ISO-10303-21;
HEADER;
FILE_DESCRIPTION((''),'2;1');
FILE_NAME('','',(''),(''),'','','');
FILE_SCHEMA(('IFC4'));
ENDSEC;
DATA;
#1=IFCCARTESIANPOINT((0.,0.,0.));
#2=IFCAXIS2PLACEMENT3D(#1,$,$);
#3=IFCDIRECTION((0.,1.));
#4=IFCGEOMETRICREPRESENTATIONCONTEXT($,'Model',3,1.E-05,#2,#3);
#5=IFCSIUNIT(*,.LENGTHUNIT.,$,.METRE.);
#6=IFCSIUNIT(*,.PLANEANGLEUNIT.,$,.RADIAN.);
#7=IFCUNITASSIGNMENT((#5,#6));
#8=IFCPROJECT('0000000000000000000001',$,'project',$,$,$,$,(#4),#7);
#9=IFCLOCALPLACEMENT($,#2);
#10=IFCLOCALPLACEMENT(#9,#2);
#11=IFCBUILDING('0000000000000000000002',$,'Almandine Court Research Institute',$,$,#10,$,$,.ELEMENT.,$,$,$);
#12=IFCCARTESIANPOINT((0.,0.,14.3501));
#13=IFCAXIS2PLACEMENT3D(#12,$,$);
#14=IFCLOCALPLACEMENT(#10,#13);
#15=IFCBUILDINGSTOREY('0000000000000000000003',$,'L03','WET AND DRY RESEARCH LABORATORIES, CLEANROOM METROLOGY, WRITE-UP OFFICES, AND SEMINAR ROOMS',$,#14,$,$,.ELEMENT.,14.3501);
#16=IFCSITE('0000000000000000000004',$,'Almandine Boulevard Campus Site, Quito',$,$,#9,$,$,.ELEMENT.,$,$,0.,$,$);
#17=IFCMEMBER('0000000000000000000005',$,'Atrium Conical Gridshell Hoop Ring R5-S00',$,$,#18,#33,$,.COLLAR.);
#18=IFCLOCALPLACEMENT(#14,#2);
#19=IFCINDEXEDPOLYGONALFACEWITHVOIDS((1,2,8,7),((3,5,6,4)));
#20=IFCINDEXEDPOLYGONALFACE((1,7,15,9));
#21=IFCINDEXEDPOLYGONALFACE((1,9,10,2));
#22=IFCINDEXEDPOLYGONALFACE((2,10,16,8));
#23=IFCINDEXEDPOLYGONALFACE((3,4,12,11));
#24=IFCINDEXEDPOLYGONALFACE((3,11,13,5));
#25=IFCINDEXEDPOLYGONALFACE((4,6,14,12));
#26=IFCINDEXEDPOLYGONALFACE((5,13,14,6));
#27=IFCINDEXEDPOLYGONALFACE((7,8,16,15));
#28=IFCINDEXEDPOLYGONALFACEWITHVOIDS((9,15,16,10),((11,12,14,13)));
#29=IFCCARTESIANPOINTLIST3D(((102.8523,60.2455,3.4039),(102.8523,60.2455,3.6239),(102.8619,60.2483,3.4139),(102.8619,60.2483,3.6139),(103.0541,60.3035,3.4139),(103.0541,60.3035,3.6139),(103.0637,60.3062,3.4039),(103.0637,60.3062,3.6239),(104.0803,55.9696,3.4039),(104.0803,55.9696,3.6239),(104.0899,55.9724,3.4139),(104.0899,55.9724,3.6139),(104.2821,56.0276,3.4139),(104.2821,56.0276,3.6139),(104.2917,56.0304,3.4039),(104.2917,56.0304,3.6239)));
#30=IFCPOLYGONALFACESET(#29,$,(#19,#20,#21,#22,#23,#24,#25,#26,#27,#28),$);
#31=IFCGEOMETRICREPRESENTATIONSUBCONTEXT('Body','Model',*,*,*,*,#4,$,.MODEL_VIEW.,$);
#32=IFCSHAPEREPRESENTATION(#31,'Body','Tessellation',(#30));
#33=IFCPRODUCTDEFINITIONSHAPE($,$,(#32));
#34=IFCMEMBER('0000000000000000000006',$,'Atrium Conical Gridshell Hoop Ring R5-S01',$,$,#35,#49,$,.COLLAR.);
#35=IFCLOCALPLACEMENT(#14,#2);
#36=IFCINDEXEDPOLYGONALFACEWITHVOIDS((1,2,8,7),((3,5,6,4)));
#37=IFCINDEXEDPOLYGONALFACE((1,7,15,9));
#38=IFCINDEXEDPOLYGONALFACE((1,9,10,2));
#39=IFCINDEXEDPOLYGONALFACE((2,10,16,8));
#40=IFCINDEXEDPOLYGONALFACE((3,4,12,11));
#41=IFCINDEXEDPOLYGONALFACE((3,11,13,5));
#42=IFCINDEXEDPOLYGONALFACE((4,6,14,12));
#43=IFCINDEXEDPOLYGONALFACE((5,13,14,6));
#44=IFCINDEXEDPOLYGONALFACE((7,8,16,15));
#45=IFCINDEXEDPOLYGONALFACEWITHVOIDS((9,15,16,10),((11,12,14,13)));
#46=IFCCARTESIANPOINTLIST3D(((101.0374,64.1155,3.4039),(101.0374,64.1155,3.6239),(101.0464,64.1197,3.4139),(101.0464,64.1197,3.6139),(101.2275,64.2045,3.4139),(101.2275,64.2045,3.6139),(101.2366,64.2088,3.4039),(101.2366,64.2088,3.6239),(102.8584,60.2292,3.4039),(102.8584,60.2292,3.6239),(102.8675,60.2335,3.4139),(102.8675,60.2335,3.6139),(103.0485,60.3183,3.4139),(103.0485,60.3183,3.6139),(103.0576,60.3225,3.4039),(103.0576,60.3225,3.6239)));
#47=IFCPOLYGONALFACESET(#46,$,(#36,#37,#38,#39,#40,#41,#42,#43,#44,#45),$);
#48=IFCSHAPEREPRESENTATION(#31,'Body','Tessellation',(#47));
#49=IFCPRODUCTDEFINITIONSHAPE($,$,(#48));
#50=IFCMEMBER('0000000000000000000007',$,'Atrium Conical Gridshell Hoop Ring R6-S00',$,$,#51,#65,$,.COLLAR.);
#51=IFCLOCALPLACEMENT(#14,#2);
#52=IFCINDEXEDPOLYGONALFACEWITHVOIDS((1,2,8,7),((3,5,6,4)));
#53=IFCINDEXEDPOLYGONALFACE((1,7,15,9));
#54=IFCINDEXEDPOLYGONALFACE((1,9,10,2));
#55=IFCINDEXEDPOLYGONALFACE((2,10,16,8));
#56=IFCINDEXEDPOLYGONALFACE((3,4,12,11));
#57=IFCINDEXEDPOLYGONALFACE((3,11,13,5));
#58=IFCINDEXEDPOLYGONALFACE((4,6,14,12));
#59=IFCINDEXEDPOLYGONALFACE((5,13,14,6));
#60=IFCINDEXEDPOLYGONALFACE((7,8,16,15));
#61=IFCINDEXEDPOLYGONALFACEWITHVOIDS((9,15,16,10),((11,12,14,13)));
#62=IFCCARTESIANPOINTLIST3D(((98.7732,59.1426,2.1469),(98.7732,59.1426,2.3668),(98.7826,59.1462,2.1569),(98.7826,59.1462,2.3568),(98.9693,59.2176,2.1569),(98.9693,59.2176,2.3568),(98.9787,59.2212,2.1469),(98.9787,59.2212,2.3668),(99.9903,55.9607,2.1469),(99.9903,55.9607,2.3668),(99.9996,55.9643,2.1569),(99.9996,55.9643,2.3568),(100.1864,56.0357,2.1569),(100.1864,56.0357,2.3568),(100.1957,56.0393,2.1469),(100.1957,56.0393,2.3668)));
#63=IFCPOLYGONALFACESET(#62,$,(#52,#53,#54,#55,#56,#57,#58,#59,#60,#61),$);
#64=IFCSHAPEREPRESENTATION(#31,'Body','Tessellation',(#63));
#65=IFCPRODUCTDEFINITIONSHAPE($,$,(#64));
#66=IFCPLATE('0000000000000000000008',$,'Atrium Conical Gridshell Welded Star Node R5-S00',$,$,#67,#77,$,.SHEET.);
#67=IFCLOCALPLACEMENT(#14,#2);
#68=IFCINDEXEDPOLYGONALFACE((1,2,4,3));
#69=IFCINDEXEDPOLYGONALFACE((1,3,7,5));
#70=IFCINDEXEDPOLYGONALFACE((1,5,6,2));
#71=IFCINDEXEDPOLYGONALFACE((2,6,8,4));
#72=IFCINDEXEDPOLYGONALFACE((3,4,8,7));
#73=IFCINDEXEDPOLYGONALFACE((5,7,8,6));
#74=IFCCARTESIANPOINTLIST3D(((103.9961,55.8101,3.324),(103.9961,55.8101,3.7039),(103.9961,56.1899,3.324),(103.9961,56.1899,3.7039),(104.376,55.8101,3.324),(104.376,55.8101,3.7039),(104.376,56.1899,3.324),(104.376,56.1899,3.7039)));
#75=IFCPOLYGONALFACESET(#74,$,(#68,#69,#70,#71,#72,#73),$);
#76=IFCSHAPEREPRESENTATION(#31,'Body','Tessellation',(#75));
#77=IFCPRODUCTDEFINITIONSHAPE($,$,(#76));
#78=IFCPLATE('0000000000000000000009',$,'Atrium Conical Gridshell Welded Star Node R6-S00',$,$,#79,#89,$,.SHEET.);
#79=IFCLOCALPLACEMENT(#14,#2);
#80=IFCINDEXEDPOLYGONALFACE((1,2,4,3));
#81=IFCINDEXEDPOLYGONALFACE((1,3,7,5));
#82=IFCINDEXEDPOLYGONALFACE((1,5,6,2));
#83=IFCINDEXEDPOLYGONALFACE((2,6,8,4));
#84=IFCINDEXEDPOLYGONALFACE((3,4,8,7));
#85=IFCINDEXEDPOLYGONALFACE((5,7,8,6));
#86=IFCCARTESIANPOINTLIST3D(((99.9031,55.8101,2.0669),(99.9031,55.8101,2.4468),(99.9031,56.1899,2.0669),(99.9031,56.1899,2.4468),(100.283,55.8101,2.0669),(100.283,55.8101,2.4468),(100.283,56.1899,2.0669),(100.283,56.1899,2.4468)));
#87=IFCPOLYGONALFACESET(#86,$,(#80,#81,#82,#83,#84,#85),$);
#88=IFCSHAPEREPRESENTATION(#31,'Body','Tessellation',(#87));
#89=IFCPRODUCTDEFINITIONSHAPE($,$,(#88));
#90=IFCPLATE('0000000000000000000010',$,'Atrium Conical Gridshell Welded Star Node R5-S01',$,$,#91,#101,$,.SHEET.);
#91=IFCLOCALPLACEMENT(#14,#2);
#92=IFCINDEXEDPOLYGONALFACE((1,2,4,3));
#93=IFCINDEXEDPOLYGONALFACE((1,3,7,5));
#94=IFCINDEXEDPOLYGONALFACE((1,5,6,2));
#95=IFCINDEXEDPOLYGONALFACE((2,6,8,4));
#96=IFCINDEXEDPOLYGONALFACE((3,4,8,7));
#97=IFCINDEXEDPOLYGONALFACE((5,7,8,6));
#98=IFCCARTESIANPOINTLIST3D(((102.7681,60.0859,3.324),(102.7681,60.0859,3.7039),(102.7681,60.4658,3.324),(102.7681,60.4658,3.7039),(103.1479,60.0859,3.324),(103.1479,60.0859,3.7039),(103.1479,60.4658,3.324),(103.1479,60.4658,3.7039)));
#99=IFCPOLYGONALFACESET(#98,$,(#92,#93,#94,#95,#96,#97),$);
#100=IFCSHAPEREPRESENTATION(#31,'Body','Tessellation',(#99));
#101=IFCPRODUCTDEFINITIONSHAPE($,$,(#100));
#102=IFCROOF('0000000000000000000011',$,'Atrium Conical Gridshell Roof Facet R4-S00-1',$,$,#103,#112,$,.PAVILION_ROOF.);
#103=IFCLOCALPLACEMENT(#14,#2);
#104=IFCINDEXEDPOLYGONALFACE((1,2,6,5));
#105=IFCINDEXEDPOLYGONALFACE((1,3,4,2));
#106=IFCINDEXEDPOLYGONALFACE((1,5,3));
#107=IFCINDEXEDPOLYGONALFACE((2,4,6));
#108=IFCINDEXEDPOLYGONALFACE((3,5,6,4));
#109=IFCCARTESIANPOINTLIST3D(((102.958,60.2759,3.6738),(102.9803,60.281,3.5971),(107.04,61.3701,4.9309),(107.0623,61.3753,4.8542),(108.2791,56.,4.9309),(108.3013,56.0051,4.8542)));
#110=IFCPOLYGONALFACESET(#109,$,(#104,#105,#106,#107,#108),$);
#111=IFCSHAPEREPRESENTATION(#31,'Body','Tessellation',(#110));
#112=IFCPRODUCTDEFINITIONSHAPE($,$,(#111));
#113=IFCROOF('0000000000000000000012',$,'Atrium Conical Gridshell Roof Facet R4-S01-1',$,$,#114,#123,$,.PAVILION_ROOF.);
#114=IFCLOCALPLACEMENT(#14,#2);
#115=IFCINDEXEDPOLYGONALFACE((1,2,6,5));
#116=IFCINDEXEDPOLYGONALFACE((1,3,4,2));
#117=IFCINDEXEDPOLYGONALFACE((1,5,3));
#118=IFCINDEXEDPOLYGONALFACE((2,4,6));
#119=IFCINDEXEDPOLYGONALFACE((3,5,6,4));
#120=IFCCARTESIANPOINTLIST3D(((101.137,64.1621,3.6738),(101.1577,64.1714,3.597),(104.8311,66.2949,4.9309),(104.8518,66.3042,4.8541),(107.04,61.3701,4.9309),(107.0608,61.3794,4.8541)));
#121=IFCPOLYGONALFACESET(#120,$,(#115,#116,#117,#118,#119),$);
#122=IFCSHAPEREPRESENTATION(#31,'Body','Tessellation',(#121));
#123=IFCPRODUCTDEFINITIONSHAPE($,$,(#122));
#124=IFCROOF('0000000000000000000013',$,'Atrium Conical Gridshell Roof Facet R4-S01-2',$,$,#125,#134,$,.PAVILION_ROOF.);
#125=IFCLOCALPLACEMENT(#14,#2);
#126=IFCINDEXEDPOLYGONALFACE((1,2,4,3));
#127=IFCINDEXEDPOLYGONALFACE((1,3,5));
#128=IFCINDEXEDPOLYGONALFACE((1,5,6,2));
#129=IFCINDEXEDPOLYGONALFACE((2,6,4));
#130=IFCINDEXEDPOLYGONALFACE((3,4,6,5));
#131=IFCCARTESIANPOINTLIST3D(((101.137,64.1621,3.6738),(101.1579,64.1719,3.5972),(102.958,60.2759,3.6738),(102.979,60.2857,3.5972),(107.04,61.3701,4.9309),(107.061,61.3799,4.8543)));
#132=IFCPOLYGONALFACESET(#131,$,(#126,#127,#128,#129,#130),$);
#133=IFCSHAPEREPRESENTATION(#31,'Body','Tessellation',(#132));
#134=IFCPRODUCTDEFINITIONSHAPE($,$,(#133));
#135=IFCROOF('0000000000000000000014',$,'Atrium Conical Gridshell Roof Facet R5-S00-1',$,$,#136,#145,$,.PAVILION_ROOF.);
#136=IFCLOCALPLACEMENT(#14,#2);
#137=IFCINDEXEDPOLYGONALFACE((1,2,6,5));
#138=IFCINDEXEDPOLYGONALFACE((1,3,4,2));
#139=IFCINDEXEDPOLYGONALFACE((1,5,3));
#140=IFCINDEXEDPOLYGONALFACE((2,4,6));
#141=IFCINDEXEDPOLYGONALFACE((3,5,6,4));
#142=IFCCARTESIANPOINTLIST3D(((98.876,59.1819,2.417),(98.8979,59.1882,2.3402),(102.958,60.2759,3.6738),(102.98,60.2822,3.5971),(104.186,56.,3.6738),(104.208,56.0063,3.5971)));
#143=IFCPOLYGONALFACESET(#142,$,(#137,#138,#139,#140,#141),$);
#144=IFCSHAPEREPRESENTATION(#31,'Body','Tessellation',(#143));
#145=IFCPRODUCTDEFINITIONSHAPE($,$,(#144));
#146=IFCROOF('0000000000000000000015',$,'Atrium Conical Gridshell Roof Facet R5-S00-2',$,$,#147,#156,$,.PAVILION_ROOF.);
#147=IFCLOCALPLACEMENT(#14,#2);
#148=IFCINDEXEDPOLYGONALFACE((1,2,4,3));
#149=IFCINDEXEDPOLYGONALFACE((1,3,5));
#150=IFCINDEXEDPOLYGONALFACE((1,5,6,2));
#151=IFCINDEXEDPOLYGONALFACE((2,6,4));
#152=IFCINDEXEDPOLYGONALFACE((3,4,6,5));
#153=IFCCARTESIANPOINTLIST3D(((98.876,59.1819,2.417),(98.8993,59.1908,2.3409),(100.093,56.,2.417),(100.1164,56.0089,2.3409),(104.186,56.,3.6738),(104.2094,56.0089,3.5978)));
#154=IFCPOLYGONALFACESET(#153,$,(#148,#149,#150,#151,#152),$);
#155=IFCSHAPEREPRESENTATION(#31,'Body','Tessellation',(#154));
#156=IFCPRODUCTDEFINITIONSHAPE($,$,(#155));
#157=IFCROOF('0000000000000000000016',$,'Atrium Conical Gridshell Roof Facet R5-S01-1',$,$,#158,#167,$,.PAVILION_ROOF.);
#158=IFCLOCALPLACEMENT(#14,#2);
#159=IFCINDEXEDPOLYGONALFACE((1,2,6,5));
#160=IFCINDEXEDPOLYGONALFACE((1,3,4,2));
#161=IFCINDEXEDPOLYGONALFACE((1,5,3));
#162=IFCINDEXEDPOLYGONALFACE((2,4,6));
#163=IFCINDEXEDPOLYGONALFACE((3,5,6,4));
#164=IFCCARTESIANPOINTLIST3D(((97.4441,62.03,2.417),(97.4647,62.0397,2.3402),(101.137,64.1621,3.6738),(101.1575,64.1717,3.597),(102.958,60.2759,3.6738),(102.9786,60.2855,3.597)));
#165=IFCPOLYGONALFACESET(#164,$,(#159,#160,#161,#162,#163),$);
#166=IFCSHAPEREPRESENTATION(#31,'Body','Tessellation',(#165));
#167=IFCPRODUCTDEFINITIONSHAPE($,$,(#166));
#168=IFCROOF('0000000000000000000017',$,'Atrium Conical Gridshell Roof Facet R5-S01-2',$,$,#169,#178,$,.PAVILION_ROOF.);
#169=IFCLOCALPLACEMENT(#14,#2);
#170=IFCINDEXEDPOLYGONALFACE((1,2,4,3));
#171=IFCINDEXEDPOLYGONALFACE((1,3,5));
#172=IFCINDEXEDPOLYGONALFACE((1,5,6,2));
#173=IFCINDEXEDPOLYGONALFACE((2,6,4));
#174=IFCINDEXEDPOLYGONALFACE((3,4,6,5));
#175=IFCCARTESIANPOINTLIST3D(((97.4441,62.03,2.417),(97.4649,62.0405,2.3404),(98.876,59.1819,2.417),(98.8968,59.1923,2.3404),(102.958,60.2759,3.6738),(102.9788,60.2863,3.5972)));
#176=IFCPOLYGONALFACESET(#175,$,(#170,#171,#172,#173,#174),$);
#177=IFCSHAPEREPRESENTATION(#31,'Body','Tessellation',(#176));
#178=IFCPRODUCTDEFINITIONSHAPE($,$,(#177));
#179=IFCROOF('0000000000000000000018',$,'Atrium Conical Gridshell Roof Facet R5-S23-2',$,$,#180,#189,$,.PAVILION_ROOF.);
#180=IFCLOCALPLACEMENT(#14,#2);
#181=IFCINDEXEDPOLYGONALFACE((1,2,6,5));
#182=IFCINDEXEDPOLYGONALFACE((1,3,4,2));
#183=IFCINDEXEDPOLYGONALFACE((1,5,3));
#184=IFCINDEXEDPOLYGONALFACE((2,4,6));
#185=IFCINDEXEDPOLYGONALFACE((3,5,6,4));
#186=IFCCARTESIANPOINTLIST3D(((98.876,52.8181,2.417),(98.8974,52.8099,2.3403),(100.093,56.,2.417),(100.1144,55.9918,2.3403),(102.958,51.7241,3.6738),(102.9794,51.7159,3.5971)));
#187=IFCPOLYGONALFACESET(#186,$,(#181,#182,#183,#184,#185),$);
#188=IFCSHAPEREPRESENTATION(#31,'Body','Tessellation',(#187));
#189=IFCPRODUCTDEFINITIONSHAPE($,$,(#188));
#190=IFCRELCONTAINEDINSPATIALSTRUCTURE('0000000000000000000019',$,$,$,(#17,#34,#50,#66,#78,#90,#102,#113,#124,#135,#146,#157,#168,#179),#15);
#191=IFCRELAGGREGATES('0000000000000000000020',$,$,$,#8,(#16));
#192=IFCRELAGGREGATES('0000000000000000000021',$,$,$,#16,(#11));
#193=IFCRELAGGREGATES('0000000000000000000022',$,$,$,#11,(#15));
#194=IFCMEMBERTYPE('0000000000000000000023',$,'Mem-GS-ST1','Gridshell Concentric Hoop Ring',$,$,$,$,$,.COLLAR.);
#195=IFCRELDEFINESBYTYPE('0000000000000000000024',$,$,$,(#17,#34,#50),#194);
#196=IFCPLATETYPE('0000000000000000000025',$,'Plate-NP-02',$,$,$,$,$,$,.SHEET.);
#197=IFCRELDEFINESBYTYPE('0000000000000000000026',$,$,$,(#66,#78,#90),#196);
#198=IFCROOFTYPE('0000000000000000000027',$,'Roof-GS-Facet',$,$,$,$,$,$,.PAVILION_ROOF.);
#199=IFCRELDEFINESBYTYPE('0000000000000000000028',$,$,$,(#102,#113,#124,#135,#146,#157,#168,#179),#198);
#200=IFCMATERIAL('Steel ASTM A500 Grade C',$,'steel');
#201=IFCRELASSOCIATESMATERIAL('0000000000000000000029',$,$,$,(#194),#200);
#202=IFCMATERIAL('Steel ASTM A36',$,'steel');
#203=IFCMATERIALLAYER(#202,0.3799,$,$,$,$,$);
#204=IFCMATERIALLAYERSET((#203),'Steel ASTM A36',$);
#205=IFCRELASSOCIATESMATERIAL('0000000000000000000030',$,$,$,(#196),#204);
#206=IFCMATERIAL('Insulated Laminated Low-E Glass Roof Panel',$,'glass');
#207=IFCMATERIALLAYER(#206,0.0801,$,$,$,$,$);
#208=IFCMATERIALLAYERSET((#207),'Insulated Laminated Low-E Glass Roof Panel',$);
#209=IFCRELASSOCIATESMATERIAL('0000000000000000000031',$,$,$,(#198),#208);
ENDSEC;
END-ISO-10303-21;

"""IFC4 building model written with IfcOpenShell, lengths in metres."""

from ifc_helpers import new_model, si_unit, direction, frame, origin, origin_2d, place, context, subcontext, project, spatial, polyline, rectangle, hollow_rectangle, outline, extrude, material, layer, layer_set, material_profile, profile_set, type_object, element, save


model = new_model("IFC4")

# Units and contexts
model_context = context("Model", 3, precision=1e-05, world=origin(), true_north=direction((0.0, 1.0)))
body_context = subcontext(model_context, "Body", "Model", "MODEL_VIEW")
ifc_project = project(units=[si_unit("LENGTHUNIT", "METRE"), si_unit("PLANEANGLEUNIT", "RADIAN")], contexts=[model_context])

# Site, building, storey
site_placement = place(None, origin())
site = spatial("IfcSite", under=ifc_project, at=site_placement, Name="Almandine Boulevard Campus Site, Quito", CompositionType="ELEMENT", RefElevation=0.0)
building_placement = place(site_placement, origin())
building = spatial("IfcBuilding", under=site, at=building_placement, Name="Almandine Court Research Institute", CompositionType="ELEMENT")
storey_placement = place(building_placement, frame((0.0, 0.0, 14.3501)))
storey = spatial("IfcBuildingStorey", under=building, at=storey_placement, Name="L03", Description="WET AND DRY RESEARCH LABORATORIES, CLEANROOM METROLOGY, WRITE-UP OFFICES, AND SEMINAR ROOMS", CompositionType="ELEMENT", Elevation=14.3501)

# Members
ifc_material_1 = material(Name="Steel ASTM A500 Grade C", Category="steel")
ifc_material_profile_1 = material_profile(ifc_material_1, hollow_rectangle(XDim=0.22, YDim=0.22, WallThickness=0.01, at=origin_2d()), Name="HSS 220x220x10")
ifc_profile_set_1 = profile_set([ifc_material_profile_1], Name="Steel ASTM A500 Grade C")
member_type_1 = type_object("IfcMemberType", Name="Mem-GS-ST1", Description="Gridshell Concentric Hoop Ring", PredefinedType="COLLAR", material=ifc_profile_set_1)
member_1_placement = place(storey_placement, frame((104.186, 56.0, 3.5139), z_axis=(-0.27604, 0.961146, 0.0), x_axis=(-0.961146, -0.27604, 0.0)))
element("IfcMember", 1, at=member_1_placement, inside=storey, type_object=member_type_1, Name="Atrium Conical Gridshell Hoop Ring R5-S00", PredefinedType="COLLAR", context=body_context, shape_type="SweptSolid", body=[
    extrude(hollow_rectangle(XDim=0.22, YDim=0.22, WallThickness=0.01, at=origin_2d()), origin(), (0.0, 0.0, 1.0), 4.4487),
])
member_2_placement = place(storey_placement, frame((102.958, 60.2759, 3.5139), z_axis=(-0.424314, 0.905515, 0.0), x_axis=(-0.905515, -0.424314, 0.0)))
element("IfcMember", 2, at=member_2_placement, inside=storey, type_object=member_type_1, Name="Atrium Conical Gridshell Hoop Ring R5-S01", PredefinedType="COLLAR", context=body_context, shape_type="SweptSolid", body=[
    extrude(hollow_rectangle(XDim=0.22, YDim=0.22, WallThickness=0.01, at=origin_2d()), origin(), (0.0, 0.0, 1.0), 4.2917),
])
member_3_placement = place(storey_placement, frame((100.093, 56.0, 2.2568), z_axis=(-0.35725, 0.934009, 0.0), x_axis=(-0.934009, -0.35725, 0.0)))
element("IfcMember", 3, at=member_3_placement, inside=storey, type_object=member_type_1, Name="Atrium Conical Gridshell Hoop Ring R6-S00", PredefinedType="COLLAR", context=body_context, shape_type="SweptSolid", body=[
    extrude(hollow_rectangle(XDim=0.22, YDim=0.22, WallThickness=0.01, at=origin_2d()), origin(), (0.0, 0.0, 1.0), 3.4067),
])

# Plates
ifc_material_2 = material(Name="Steel ASTM A36", Category="steel")
ifc_layer_1 = layer(ifc_material_2, 0.3799)
ifc_layer_set_1 = layer_set([ifc_layer_1], Name="Steel ASTM A36")
plate_type = type_object("IfcPlateType", Name="Plate-NP-02", PredefinedType="SHEET", material=ifc_layer_set_1)
for number, where, z_axis, x_axis, name in (
    (4, (104.186, 56.0, 3.324), (0.0, 0.0, 1.0), (1.0, 0.0, 0.0), "Atrium Conical Gridshell Welded Star Node R5-S00"),
    (5, (100.093, 56.0, 2.0669), (0.0, 0.0, 1.0), (1.0, 0.0, 0.0), "Atrium Conical Gridshell Welded Star Node R6-S00"),
    (6, (102.958, 60.2759, 3.324), (0.0, 0.0, 1.0), (1.0, 0.0, 0.0), "Atrium Conical Gridshell Welded Star Node R5-S01"),
):
    element("IfcPlate", number, at=place(storey_placement, frame(where, z_axis=z_axis, x_axis=x_axis)), inside=storey, type_object=plate_type, Name=name, PredefinedType="SHEET", context=body_context, shape_type="SweptSolid", body=[
        extrude(rectangle(XDim=0.3799, YDim=0.3799, at=origin_2d()), origin(), (0.0, 0.0, 1.0), 0.3799),
    ])

# Roofs
ifc_material_3 = material(Name="Insulated Laminated Low-E Glass Roof Panel", Category="glass")
ifc_layer_2 = layer(ifc_material_3, 0.0801)
ifc_layer_set_2 = layer_set([ifc_layer_2], Name="Insulated Laminated Low-E Glass Roof Panel")
roof_type = type_object("IfcRoofType", Name="Roof-GS-Facet", PredefinedType="PAVILION_ROOF", material=ifc_layer_set_2)
roof_1_placement = place(storey_placement, frame((108.2791, 56.0, 4.9309), z_axis=(-0.277966, -0.064133, 0.958447), x_axis=(-0.224817, 0.974401, 0.0)))
element("IfcRoof", 7, at=roof_1_placement, inside=storey, type_object=roof_type, Name="Atrium Conical Gridshell Roof Facet R4-S00-1", PredefinedType="PAVILION_ROOF", context=body_context, shape_type="SweptSolid", body=[
    extrude(outline(polyline([(0.0, 0.0), (5.5112, 0.0), (5.3627, 4.4066), (0.0, 0.0)])), origin(), (0.0, 0.0, -1.0), 0.0801),
])
roof_2_placement = place(storey_placement, frame((107.04, 61.3701, 4.9309), z_axis=(-0.259163, -0.116246, 0.958812), x_axis=(-0.409258, 0.912418, 0.0)))
element("IfcRoof", 8, at=roof_2_placement, inside=storey, type_object=roof_type, Name="Atrium Conical Gridshell Roof Facet R4-S01-1", PredefinedType="PAVILION_ROOF", context=body_context, shape_type="SweptSolid", body=[
    extrude(outline(polyline([(0.0, 0.0), (5.3975, 0.0), (4.9633, 4.4257), (0.0, 0.0)])), origin(), (0.0, 0.0, -1.0), 0.0801),
])
roof_3_placement = place(storey_placement, frame((107.04, 61.3701, 4.9309), z_axis=(-0.261896, -0.122722, 0.957262), x_axis=(-0.887688, 0.419852, -0.189036)))
element("IfcRoof", 9, at=roof_3_placement, inside=storey, type_object=roof_type, Name="Atrium Conical Gridshell Roof Facet R4-S01-2", PredefinedType="PAVILION_ROOF", context=body_context, shape_type="SweptSolid", body=[
    extrude(outline(polyline([(0.0, 0.0), (6.6499, 0.0), (3.4018, 2.8051), (0.0, 0.0)])), origin(), (0.0, 0.0, -1.0), 0.0801),
])
roof_4_placement = place(storey_placement, frame((104.186, 56.0, 3.6738), z_axis=(-0.274025, -0.0787, 0.958497), x_axis=(-0.27604, 0.961146, 0.0)))
element("IfcRoof", 10, at=roof_4_placement, inside=storey, type_object=roof_type, Name="Atrium Conical Gridshell Roof Facet R5-S00-1", PredefinedType="PAVILION_ROOF", context=body_context, shape_type="SweptSolid", body=[
    extrude(outline(polyline([(0.0, 0.0), (4.4487, 0.0), (4.524, 4.4084), (0.0, 0.0)])), origin(), (0.0, 0.0, -1.0), 0.0801),
])
roof_5_placement = place(storey_placement, frame((104.186, 56.0, 3.6738), z_axis=(-0.291708, -0.111576, 0.949978), x_axis=(-0.840638, 0.503725, -0.19897)))
element("IfcRoof", 11, at=roof_5_placement, inside=storey, type_object=roof_type, Name="Atrium Conical Gridshell Roof Facet R5-S00-2", PredefinedType="PAVILION_ROOF", context=body_context, shape_type="SweptSolid", body=[
    extrude(outline(polyline([(0.0, 0.0), (6.3167, 0.0), (3.6908, 2.1703), (0.0, 0.0)])), origin(), (0.0, 0.0, -1.0), 0.0801),
])
roof_6_placement = place(storey_placement, frame((102.958, 60.2759, 3.6738), z_axis=(-0.256868, -0.120365, 0.958922), x_axis=(-0.424314, 0.905515, 0.0)))
element("IfcRoof", 12, at=roof_6_placement, inside=storey, type_object=roof_type, Name="Atrium Conical Gridshell Roof Facet R5-S01-1", PredefinedType="PAVILION_ROOF", context=body_context, shape_type="SweptSolid", body=[
    extrude(outline(polyline([(0.0, 0.0), (4.2917, 0.0), (3.928, 4.4306), (0.0, 0.0)])), origin(), (0.0, 0.0, -1.0), 0.0801),
])
roof_7_placement = place(storey_placement, frame((102.958, 60.2759, 3.6738), z_axis=(-0.259627, -0.130526, 0.956847), x_axis=(-0.931225, 0.296252, -0.212262)))
element("IfcRoof", 13, at=roof_7_placement, inside=storey, type_object=roof_type, Name="Atrium Conical Gridshell Roof Facet R5-S01-2", PredefinedType="PAVILION_ROOF", context=body_context, shape_type="SweptSolid", body=[
    extrude(outline(polyline([(0.0, 0.0), (5.9211, 0.0), (3.744, 2.3285), (0.0, 0.0)])), origin(), (0.0, 0.0, -1.0), 0.0801),
])
roof_8_placement = place(storey_placement, frame((102.958, 51.7241, 3.6738), z_axis=(-0.267563, 0.10234, 0.95809), x_axis=(-0.540748, 0.807043, -0.237219)))
element("IfcRoof", 14, at=roof_8_placement, inside=storey, type_object=roof_type, Name="Atrium Conical Gridshell Roof Facet R5-S23-2", PredefinedType="PAVILION_ROOF", context=body_context, shape_type="SweptSolid", body=[
    extrude(outline(polyline([(0.0, 0.0), (5.2982, 0.0), (3.3884, 2.821), (0.0, 0.0)])), origin(), (0.0, 0.0, -1.0), 0.0801),
])

save(model, "model.ifc")
